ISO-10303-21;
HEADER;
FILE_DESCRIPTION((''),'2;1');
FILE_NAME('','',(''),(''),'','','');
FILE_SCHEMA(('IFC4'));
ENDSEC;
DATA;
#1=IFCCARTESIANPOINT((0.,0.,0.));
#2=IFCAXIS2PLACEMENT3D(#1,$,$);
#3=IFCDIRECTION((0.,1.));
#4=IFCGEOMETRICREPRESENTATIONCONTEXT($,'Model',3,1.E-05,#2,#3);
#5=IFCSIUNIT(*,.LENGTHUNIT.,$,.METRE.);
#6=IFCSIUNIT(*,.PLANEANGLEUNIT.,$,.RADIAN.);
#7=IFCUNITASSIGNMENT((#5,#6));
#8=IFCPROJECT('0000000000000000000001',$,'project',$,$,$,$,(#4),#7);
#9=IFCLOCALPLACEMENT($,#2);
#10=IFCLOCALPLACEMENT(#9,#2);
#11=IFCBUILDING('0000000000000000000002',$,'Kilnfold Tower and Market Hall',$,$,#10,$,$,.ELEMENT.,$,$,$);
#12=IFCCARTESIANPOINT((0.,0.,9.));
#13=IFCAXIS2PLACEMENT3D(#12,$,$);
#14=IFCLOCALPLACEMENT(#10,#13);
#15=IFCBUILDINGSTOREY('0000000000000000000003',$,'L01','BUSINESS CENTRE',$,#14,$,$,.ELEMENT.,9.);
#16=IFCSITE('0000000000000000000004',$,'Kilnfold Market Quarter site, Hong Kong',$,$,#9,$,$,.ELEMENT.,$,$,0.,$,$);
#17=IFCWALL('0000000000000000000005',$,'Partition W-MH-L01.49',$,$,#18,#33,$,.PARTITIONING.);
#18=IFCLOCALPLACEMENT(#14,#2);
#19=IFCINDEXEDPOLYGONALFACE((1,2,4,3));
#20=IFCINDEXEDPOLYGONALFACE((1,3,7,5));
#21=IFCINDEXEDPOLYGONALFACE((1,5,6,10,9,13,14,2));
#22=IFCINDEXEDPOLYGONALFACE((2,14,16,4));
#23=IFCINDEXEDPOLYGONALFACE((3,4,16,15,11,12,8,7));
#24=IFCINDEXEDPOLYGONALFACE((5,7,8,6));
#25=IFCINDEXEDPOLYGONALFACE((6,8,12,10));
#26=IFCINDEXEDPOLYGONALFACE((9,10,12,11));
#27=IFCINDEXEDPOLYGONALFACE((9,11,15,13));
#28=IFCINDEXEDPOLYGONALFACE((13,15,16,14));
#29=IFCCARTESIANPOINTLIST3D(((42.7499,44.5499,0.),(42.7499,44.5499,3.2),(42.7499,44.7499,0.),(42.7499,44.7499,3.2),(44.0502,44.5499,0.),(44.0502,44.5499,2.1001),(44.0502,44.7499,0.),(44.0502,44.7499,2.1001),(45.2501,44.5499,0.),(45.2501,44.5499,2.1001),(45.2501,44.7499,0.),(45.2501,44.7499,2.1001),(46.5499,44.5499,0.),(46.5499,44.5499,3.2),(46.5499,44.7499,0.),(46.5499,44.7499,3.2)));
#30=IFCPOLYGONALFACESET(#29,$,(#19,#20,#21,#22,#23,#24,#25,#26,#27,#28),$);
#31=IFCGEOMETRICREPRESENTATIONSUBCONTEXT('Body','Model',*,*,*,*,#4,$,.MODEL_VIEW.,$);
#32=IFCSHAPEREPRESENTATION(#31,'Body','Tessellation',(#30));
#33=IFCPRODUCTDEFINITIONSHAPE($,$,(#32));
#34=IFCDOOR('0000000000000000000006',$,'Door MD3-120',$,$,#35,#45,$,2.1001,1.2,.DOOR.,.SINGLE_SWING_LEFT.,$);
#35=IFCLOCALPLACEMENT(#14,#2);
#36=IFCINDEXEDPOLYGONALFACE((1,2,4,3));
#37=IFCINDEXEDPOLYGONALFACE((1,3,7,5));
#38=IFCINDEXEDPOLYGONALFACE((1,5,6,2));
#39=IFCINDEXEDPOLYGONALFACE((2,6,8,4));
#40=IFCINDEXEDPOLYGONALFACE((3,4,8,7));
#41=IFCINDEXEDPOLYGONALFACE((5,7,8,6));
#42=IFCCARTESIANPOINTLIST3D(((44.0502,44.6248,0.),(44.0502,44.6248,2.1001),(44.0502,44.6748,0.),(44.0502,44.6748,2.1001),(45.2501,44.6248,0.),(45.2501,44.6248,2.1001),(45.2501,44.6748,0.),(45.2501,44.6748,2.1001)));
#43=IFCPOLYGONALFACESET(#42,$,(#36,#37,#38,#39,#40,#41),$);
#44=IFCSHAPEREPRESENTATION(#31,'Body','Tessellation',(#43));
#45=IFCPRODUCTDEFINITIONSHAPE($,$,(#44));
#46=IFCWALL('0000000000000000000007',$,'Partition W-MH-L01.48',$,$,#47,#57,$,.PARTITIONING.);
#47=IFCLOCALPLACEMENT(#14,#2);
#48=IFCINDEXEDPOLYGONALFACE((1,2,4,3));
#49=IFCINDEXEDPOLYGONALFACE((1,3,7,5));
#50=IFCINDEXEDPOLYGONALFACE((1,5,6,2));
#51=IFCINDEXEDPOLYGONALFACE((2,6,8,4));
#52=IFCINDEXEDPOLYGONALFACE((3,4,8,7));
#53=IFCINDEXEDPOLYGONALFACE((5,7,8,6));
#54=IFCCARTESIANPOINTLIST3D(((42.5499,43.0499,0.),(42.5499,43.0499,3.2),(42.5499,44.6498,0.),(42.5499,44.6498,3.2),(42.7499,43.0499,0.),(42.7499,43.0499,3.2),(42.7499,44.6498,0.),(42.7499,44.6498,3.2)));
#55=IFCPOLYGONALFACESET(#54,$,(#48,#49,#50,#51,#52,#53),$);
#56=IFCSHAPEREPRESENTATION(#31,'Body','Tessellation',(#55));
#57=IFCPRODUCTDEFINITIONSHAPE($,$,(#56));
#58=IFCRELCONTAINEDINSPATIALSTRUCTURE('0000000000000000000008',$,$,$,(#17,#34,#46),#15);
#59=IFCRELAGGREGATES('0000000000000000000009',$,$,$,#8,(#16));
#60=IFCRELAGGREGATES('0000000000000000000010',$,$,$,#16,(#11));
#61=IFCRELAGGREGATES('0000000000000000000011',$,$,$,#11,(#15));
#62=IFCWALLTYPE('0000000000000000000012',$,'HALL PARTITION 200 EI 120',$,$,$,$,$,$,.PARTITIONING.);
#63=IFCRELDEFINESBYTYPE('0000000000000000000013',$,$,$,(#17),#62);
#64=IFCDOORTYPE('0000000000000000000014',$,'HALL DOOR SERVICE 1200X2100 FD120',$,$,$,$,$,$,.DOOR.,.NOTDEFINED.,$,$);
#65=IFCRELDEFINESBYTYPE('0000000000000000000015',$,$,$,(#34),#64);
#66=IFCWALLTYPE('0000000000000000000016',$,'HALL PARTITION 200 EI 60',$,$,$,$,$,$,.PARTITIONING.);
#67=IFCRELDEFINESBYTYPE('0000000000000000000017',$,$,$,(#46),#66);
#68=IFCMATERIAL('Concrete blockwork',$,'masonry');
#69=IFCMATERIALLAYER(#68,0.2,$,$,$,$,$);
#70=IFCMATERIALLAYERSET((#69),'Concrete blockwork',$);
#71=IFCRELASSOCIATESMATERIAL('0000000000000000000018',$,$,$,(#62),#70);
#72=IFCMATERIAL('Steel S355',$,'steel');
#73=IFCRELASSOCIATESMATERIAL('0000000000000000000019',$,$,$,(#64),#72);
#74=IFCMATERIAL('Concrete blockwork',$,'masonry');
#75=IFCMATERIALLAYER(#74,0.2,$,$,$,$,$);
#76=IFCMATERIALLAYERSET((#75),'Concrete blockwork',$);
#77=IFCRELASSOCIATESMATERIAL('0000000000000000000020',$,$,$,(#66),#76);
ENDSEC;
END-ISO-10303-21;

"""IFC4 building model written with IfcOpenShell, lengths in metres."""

from ifc_helpers import new_model, si_unit, direction, frame, frame_2d, origin, place, context, subcontext, project, spatial, rectangle, extrude, source, transform, mapped, material, layer, layer_set, type_object, element, fill, save


model = new_model("IFC4")

# Units and contexts
model_context = context("Model", 3, precision=1e-05, world=origin(), true_north=direction((0.0, 1.0)))
body_context = subcontext(model_context, "Body", "Model", "MODEL_VIEW")
ifc_project = project(units=[si_unit("LENGTHUNIT", "METRE"), si_unit("PLANEANGLEUNIT", "RADIAN")], contexts=[model_context])

# Site, building, storey
site_placement = place(None, origin())
site = spatial("IfcSite", under=ifc_project, at=site_placement, Name="Kilnfold Market Quarter site, Hong Kong", CompositionType="ELEMENT", RefElevation=0.0)
building_placement = place(site_placement, origin())
building = spatial("IfcBuilding", under=site, at=building_placement, Name="Kilnfold Tower and Market Hall", CompositionType="ELEMENT")
storey_placement = place(building_placement, frame((0.0, 0.0, 9.0)))
storey = spatial("IfcBuildingStorey", under=building, at=storey_placement, Name="L01", Description="BUSINESS CENTRE", CompositionType="ELEMENT", Elevation=9.0)

# Shared definitions
ifc_material_1 = material(Name="Concrete blockwork", Category="masonry")
ifc_layer_1 = layer(ifc_material_1, 0.2)
ifc_layer_set_1 = layer_set([ifc_layer_1], Name="Concrete blockwork")
wall_type_1 = type_object("IfcWallType", Name="HALL PARTITION 200 EI 120", PredefinedType="PARTITIONING", material=ifc_layer_set_1)

# Wall, opening, door
shared_shape_1 = source(origin(), body_context, "Body", "SweptSolid", [
    extrude(rectangle(XDim=3.8, YDim=0.2, at=frame_2d((1.8999, 0.0))), origin(), (0.0, 0.0, 1.0), 3.2),
])
wall_1_placement = place(storey_placement, frame((42.75, 44.6499, 0.0), z_axis=(0.0, 0.0, 1.0), x_axis=(1.0, 0.0, 0.0)))
wall_1 = element("IfcWall", 1, at=wall_1_placement, inside=storey, type_object=wall_type_1, Name="Partition W-MH-L01.49", PredefinedType="PARTITIONING", context=body_context, shape_type="MappedRepresentation", body=[
    mapped(shared_shape_1, transform((0.0, 0.0, 0.0))),
])
opening_1_placement = place(wall_1_placement, frame((1.3, 0.0, 0.0)))
opening_1 = element("IfcOpeningElement", 2, at=opening_1_placement, cuts=wall_1, PredefinedType="OPENING", context=body_context, shape_type="SweptSolid", body=[
    extrude(rectangle(XDim=1.2, YDim=2.1001, at=frame_2d((0.6001, 1.05))), frame((0.0, 0.1099, 0.0), z_axis=(0.0, -1.0, 0.0), x_axis=(1.0, 0.0, 0.0)), (0.0, 0.0, 1.0), 0.22),
])
ifc_material_2 = material(Name="Steel S355", Category="steel")
door_type_1 = type_object("IfcDoorType", Name="HALL DOOR SERVICE 1200X2100 FD120", OperationType="NOTDEFINED", PredefinedType="DOOR", material=ifc_material_2)
door_1_placement = place(opening_1_placement, origin())
door_1 = element("IfcDoor", 3, at=door_1_placement, inside=storey, type_object=door_type_1, Name="Door MD3-120", OperationType="SINGLE_SWING_LEFT", OverallHeight=2.1001, OverallWidth=1.2, PredefinedType="DOOR", context=body_context, shape_type="SweptSolid", body=[
    extrude(rectangle(XDim=1.2, YDim=2.1001, at=frame_2d((0.6001, 1.05))), frame((0.0, 0.0249, 0.0), z_axis=(0.0, -1.0, 0.0), x_axis=(1.0, 0.0, 0.0)), (0.0, 0.0, 1.0), 0.05),
])
fill(opening_1, door_1)

# Wall
ifc_material_3 = material(Name="Concrete blockwork", Category="masonry")
ifc_layer_2 = layer(ifc_material_3, 0.2)
ifc_layer_set_2 = layer_set([ifc_layer_2], Name="Concrete blockwork")
wall_type_2 = type_object("IfcWallType", Name="HALL PARTITION 200 EI 60", PredefinedType="PARTITIONING", material=ifc_layer_set_2)
shared_shape_2 = source(origin(), body_context, "Body", "SweptSolid", [
    extrude(rectangle(XDim=1.5999, YDim=0.2, at=frame_2d((0.7998, 0.0))), origin(), (0.0, 0.0, 1.0), 3.2),
])
wall_2_placement = place(storey_placement, frame((42.6499, 43.05, 0.0), z_axis=(0.0, 0.0, 1.0), x_axis=(0.0, 1.0, 0.0)))
element("IfcWall", 4, at=wall_2_placement, inside=storey, type_object=wall_type_2, Name="Partition W-MH-L01.48", PredefinedType="PARTITIONING", context=body_context, shape_type="MappedRepresentation", body=[
    mapped(shared_shape_2, transform((0.0, 0.0, 0.0))),
])

save(model, "model.ifc")
